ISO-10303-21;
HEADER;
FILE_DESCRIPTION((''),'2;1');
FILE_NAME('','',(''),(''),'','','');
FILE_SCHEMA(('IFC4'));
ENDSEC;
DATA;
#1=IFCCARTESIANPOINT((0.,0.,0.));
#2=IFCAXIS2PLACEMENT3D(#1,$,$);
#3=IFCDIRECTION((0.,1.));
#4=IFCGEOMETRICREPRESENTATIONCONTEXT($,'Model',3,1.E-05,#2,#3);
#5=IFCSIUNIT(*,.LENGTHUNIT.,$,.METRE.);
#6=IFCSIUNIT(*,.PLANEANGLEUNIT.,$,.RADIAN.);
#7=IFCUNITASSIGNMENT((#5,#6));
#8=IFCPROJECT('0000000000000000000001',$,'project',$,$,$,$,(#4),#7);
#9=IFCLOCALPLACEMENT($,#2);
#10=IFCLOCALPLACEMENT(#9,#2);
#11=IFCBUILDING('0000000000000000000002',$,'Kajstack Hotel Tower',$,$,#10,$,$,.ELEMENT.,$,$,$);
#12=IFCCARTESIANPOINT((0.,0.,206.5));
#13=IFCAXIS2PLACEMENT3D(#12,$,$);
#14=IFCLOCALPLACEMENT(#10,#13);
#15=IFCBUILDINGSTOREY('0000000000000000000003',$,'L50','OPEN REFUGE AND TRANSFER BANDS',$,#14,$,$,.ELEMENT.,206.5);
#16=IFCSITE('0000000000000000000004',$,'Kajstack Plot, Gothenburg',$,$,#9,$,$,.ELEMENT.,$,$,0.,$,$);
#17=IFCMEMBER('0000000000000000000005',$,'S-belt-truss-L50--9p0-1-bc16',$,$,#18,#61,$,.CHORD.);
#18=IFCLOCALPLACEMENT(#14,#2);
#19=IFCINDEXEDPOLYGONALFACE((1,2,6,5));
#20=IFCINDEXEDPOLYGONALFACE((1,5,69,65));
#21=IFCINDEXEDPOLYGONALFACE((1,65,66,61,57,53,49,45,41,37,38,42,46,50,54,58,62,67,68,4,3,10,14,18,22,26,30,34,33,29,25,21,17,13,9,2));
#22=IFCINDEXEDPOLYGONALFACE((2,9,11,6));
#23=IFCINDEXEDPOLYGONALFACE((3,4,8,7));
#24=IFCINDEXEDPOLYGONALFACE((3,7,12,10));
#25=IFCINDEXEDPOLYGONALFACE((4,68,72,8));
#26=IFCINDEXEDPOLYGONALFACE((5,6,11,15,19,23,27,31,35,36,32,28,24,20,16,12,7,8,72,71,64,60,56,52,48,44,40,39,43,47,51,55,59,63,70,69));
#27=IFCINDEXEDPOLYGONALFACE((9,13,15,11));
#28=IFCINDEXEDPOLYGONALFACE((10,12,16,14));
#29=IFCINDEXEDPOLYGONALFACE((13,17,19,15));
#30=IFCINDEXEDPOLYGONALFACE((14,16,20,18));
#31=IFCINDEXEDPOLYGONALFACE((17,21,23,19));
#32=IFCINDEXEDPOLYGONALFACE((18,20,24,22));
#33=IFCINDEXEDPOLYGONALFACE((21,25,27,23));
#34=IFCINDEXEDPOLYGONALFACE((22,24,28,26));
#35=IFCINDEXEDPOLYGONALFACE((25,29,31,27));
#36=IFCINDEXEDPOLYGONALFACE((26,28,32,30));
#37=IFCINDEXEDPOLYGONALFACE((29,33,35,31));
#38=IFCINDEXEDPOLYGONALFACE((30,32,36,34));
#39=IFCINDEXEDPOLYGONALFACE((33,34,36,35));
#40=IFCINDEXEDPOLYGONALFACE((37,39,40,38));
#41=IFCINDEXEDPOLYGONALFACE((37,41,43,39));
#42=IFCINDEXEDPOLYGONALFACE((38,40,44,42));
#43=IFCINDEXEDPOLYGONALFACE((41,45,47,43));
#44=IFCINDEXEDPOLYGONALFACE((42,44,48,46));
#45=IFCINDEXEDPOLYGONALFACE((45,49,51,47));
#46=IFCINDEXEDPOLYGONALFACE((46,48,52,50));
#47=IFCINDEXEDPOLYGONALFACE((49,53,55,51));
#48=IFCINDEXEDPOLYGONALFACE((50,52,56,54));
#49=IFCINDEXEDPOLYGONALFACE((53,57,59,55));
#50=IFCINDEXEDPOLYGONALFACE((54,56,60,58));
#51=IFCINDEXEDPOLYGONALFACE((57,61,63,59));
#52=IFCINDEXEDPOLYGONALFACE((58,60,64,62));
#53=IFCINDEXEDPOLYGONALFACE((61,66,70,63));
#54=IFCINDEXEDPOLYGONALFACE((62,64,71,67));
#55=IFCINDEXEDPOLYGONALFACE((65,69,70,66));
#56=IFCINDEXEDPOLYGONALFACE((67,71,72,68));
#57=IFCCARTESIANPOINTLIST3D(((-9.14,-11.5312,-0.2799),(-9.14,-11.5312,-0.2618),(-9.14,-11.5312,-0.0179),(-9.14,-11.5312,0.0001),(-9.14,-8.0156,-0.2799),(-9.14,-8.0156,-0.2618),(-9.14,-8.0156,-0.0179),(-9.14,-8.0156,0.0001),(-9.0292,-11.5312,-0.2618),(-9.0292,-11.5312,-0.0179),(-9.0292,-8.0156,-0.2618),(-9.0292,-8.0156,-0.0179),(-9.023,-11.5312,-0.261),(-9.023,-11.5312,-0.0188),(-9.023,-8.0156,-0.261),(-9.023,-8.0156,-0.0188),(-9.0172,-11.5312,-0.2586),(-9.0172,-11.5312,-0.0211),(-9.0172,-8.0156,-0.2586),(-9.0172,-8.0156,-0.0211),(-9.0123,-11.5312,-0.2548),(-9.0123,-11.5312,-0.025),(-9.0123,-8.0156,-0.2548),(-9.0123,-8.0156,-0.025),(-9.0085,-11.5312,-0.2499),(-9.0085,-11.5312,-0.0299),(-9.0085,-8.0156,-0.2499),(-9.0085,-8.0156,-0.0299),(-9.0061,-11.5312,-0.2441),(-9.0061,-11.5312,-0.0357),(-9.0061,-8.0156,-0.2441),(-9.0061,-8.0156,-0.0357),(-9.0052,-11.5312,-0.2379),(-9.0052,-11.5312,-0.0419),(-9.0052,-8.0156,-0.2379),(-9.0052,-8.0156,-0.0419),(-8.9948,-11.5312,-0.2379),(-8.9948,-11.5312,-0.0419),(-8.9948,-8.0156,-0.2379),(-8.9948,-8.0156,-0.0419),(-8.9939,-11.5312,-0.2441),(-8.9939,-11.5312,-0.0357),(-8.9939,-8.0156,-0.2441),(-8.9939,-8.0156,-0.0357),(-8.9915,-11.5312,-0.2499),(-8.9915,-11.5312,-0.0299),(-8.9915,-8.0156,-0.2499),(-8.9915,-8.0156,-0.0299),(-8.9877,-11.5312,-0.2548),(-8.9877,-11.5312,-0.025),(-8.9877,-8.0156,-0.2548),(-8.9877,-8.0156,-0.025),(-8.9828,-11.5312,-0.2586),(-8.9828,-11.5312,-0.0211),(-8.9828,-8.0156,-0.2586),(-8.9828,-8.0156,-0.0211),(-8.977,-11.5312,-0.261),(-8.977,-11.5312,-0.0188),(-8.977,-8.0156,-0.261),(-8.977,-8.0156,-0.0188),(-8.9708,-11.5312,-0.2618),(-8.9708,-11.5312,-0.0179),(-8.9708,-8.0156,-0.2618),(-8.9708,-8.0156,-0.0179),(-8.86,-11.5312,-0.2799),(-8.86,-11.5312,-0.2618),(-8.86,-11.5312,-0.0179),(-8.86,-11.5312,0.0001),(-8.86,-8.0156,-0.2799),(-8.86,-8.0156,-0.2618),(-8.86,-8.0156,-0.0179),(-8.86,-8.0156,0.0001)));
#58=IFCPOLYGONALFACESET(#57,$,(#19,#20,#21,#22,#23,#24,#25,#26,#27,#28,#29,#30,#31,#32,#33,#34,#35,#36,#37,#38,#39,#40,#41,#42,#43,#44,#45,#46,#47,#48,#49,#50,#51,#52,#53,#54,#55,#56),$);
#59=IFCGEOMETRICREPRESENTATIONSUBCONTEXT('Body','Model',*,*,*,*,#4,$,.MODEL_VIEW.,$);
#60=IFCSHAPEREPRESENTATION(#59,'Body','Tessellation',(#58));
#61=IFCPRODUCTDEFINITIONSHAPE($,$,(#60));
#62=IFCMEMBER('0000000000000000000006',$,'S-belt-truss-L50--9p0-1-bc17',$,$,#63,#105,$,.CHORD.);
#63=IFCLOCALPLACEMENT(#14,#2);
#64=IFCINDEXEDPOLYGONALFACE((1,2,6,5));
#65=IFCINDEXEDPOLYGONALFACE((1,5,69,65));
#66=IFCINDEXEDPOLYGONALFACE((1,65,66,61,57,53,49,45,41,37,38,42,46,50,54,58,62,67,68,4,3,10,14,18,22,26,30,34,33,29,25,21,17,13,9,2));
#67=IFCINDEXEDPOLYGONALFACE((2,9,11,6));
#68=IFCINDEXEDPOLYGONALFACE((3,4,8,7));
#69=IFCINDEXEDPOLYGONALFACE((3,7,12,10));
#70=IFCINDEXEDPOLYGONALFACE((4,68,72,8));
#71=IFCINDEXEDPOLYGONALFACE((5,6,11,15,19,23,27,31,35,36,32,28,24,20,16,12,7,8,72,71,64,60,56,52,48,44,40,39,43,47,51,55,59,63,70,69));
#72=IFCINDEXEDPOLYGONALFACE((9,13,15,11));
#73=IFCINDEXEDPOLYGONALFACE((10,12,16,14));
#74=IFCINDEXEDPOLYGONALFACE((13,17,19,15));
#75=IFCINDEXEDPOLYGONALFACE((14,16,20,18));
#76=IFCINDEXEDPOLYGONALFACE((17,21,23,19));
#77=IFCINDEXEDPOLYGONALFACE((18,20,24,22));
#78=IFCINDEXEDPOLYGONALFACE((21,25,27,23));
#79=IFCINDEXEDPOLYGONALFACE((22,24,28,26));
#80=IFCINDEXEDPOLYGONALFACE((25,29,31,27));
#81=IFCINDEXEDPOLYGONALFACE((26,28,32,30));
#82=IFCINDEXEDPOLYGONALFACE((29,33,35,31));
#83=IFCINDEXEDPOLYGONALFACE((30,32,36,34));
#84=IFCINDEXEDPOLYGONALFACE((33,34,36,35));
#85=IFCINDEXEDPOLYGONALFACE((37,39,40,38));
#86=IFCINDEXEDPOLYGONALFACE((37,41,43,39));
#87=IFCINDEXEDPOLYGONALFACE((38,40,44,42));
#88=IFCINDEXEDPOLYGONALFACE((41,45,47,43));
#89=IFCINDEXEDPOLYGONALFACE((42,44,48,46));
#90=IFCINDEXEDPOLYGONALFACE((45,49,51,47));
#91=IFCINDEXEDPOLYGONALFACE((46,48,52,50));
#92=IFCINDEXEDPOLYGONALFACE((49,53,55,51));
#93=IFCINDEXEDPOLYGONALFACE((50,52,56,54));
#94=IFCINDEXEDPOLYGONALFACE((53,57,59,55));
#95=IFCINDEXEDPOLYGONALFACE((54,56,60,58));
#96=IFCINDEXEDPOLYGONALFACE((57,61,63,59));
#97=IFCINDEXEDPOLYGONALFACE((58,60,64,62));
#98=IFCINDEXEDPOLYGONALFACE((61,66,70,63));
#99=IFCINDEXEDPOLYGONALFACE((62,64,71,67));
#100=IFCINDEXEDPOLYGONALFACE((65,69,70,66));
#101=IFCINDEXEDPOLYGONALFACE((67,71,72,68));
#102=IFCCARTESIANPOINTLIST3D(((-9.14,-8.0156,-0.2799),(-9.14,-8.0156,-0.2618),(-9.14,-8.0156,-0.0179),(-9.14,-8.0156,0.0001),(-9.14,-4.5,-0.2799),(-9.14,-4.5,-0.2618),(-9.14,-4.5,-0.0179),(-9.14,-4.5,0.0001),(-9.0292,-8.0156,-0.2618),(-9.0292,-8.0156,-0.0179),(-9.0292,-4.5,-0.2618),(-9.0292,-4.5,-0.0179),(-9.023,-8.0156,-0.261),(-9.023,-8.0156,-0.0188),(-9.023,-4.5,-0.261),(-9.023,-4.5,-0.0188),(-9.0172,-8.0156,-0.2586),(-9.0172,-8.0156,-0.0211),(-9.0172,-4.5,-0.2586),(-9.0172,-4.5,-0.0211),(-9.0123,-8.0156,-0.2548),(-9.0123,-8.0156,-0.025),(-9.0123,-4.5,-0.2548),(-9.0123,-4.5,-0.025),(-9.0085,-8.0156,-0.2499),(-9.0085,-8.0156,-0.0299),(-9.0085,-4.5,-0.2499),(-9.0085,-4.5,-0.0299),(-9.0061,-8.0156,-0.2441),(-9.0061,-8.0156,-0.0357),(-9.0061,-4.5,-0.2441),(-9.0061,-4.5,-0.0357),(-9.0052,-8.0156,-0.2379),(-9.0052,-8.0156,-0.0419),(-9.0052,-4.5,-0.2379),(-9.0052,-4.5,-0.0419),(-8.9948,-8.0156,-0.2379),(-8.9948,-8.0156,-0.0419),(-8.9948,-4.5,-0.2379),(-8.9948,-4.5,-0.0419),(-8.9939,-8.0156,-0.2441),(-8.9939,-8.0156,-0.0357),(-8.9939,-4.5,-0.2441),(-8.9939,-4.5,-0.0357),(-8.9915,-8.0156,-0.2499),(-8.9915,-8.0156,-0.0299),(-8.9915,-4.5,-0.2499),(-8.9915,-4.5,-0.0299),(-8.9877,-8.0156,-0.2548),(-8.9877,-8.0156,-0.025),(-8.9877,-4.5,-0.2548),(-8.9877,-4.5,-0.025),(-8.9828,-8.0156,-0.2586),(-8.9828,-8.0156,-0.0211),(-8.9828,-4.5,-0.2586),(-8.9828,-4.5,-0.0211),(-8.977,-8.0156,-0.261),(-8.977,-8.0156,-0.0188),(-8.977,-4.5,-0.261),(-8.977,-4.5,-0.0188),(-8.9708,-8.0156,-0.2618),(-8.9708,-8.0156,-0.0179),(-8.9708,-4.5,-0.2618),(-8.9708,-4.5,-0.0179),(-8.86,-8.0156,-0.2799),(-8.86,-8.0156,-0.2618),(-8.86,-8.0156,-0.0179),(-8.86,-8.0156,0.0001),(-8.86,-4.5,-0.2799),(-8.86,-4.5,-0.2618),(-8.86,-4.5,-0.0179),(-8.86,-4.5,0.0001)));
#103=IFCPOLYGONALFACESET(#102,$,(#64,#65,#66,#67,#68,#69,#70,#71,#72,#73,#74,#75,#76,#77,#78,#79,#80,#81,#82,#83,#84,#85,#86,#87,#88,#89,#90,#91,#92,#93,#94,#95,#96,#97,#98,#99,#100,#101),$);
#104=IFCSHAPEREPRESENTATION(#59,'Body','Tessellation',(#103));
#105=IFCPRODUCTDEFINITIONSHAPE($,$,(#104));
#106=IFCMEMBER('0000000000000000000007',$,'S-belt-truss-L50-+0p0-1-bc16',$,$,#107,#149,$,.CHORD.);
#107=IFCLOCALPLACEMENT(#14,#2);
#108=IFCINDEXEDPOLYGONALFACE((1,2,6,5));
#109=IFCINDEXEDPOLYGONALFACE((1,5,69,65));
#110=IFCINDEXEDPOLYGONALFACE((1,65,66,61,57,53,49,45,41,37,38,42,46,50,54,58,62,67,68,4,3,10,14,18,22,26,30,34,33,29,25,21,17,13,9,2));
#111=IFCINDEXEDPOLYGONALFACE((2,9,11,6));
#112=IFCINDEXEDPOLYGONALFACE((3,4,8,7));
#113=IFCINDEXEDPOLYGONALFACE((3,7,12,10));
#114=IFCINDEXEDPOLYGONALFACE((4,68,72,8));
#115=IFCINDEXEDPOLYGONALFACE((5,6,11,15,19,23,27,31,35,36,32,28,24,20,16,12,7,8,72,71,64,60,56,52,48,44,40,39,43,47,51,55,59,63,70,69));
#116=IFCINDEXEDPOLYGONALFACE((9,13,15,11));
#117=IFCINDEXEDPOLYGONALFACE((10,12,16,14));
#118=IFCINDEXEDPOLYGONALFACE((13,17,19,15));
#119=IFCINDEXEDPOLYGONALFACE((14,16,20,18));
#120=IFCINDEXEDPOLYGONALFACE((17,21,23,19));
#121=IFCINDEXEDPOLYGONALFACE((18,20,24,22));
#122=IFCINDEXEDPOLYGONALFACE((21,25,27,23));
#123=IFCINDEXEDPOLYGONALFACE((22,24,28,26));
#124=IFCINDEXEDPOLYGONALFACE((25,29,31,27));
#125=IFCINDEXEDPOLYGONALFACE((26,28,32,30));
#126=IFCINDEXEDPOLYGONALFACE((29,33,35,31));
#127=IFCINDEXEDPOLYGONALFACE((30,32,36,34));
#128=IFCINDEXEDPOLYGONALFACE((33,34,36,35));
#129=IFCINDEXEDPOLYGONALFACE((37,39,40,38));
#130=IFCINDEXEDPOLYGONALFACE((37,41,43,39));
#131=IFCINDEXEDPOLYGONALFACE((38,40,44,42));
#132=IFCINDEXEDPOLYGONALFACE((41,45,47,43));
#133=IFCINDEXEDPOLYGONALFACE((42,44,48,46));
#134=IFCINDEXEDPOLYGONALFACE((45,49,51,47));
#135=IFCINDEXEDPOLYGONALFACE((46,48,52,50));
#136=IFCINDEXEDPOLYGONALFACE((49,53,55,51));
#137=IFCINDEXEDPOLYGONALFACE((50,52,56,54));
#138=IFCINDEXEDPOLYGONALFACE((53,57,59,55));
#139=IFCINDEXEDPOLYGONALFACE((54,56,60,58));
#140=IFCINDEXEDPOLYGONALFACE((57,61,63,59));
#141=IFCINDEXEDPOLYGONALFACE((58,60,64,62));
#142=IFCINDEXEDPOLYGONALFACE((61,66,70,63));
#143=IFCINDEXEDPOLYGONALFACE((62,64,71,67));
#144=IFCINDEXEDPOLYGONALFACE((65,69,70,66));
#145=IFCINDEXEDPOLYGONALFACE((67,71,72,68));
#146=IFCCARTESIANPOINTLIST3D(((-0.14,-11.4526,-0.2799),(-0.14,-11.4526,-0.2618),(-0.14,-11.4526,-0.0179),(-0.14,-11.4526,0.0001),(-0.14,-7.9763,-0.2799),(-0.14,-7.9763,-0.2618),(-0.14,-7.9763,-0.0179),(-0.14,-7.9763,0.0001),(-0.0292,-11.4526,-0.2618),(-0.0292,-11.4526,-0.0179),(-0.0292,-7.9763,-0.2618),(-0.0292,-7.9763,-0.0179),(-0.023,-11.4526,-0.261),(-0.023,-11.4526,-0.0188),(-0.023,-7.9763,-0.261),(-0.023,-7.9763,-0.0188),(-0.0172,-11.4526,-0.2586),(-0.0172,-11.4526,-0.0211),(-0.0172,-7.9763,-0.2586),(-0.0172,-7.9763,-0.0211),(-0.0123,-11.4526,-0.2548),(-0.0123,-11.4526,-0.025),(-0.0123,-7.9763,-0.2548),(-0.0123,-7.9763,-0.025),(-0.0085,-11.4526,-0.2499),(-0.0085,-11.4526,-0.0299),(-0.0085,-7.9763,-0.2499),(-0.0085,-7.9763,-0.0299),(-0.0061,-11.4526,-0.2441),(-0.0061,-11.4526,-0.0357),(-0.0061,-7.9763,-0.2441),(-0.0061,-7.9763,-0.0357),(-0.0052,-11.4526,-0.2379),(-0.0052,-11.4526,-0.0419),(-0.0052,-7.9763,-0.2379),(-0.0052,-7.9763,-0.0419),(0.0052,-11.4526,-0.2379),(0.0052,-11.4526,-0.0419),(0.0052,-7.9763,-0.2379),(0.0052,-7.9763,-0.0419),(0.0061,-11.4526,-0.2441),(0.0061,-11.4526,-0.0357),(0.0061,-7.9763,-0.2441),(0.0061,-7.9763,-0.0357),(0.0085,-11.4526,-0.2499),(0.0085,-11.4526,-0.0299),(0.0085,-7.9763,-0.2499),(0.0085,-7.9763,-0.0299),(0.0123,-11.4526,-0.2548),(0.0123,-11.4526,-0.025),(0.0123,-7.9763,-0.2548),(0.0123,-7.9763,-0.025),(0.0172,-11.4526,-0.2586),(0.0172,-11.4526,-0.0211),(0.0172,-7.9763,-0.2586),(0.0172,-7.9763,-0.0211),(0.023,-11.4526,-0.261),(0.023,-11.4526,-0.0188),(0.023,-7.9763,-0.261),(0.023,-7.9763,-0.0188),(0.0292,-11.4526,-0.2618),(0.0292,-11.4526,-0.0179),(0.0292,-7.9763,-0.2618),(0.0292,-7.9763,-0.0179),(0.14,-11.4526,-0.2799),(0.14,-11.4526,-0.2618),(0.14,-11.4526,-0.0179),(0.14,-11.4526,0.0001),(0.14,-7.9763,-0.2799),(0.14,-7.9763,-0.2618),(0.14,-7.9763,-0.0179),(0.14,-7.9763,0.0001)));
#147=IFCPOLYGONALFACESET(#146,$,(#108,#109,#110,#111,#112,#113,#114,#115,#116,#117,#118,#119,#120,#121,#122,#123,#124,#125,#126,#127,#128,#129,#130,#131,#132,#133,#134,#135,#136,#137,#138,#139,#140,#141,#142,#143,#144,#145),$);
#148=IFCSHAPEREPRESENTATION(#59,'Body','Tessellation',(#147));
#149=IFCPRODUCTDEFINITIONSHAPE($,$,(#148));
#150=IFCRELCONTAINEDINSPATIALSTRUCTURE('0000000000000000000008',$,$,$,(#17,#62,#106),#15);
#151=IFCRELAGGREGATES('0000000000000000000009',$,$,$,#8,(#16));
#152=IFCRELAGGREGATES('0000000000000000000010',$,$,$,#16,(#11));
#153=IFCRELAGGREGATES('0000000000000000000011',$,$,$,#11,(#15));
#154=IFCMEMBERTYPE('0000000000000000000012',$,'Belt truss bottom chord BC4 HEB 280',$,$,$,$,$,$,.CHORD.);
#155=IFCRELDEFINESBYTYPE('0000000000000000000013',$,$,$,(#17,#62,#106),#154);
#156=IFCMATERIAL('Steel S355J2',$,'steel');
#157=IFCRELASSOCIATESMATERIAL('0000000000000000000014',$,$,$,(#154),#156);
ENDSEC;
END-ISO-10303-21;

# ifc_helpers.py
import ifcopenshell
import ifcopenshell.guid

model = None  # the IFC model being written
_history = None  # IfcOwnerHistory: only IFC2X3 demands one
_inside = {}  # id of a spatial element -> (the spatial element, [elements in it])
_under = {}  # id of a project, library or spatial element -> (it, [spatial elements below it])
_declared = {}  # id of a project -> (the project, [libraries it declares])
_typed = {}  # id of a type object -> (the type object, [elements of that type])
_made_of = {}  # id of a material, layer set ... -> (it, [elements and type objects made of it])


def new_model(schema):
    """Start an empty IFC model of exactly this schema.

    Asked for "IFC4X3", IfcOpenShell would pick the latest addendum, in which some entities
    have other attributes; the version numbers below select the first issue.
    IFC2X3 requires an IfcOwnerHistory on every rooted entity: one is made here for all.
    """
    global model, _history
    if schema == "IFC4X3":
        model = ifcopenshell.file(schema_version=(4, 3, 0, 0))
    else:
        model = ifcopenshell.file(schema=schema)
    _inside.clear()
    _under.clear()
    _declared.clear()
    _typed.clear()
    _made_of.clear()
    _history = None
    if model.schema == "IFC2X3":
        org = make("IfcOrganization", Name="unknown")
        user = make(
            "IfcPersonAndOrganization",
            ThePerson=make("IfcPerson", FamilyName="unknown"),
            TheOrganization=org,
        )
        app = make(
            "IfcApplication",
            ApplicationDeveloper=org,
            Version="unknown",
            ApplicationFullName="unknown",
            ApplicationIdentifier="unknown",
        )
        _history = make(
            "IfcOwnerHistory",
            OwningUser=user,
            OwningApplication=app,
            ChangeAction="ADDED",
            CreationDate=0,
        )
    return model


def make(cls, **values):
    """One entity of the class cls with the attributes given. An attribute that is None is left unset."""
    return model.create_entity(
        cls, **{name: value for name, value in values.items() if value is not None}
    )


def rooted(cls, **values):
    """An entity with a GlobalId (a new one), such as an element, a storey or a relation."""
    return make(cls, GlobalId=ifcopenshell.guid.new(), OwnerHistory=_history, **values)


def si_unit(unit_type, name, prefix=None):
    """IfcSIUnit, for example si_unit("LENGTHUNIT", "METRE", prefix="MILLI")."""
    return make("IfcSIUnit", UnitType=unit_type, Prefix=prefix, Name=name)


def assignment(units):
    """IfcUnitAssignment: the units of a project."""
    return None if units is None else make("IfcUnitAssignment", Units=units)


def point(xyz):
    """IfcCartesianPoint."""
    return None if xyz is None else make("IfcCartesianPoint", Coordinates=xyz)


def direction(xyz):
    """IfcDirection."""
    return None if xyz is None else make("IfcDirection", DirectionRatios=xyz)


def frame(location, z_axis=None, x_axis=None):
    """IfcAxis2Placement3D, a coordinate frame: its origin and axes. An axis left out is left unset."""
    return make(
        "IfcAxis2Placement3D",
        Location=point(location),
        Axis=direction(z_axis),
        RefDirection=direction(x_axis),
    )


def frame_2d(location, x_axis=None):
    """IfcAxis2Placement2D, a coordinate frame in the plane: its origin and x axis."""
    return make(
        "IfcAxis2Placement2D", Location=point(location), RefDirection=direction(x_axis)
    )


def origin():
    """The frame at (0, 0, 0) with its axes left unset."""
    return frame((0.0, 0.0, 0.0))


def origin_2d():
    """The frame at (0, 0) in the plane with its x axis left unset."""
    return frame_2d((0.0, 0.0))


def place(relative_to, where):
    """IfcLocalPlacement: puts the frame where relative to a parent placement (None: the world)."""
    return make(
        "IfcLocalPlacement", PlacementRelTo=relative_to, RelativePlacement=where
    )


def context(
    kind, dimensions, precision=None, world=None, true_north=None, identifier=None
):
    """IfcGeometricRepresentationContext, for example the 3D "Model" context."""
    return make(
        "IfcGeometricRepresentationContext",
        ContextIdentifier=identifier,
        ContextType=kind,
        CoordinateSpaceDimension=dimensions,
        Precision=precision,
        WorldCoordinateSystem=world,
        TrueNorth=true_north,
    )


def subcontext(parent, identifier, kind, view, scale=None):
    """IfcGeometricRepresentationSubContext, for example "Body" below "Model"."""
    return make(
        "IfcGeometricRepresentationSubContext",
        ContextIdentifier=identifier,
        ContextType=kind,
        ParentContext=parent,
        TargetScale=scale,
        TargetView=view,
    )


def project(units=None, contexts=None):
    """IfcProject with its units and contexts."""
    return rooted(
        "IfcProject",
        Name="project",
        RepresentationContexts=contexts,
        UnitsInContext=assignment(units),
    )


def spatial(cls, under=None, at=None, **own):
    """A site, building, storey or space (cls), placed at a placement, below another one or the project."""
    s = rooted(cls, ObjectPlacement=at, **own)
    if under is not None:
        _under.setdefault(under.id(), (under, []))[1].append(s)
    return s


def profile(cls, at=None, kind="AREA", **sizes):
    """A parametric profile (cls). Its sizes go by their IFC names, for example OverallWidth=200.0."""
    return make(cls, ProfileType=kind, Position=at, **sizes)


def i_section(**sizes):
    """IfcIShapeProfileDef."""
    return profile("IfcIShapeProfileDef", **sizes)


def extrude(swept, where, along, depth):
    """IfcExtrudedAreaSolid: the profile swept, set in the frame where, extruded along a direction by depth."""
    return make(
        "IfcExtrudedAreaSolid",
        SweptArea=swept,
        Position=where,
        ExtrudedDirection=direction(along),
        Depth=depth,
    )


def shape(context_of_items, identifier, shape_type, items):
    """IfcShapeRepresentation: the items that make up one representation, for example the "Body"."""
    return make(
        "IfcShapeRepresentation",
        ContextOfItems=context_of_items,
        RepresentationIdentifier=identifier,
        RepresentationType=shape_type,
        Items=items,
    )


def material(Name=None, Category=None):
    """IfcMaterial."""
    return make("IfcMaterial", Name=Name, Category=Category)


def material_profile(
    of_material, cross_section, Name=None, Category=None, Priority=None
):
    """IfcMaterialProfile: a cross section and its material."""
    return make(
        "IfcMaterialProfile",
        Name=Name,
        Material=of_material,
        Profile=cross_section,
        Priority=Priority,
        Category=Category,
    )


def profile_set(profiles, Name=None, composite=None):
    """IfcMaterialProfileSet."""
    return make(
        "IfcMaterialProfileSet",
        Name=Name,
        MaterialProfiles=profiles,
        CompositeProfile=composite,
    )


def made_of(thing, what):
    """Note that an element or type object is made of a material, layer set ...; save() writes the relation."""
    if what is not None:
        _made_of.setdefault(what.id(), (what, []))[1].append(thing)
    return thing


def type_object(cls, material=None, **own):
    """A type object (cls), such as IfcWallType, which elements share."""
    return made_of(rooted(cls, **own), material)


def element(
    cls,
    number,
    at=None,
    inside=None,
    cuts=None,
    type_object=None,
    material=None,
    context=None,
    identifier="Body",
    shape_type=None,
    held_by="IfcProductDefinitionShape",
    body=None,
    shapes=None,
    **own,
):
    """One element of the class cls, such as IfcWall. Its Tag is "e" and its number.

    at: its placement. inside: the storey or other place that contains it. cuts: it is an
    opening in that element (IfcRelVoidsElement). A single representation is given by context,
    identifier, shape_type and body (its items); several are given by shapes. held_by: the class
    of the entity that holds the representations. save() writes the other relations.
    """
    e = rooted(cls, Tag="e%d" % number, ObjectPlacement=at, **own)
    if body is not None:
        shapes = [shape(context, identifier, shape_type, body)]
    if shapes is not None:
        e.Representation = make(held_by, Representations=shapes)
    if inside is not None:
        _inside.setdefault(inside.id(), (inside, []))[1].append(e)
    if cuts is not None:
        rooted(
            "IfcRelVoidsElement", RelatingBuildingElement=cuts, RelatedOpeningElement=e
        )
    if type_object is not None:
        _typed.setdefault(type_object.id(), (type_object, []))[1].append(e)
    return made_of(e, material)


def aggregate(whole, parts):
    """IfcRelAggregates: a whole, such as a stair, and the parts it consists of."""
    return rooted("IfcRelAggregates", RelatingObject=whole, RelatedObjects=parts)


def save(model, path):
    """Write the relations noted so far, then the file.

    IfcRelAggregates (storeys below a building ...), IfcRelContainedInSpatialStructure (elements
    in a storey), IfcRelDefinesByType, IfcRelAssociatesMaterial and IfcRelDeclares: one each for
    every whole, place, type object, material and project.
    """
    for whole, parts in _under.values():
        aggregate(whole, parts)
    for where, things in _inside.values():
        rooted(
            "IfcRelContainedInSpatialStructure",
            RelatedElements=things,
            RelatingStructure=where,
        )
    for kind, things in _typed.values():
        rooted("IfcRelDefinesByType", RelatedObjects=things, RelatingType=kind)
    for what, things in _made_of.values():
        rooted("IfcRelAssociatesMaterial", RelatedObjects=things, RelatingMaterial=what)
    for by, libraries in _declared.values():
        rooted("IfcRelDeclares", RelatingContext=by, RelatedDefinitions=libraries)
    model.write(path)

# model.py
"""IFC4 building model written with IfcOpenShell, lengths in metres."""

from ifc_helpers import new_model, si_unit, direction, frame, origin, origin_2d, place, context, subcontext, project, spatial, i_section, extrude, material, material_profile, profile_set, type_object, element, save


model = new_model("IFC4")

# Units and contexts
model_context = context("Model", 3, precision=1e-05, world=origin(), true_north=direction((0.0, 1.0)))
body_context = subcontext(model_context, "Body", "Model", "MODEL_VIEW")
ifc_project = project(units=[si_unit("LENGTHUNIT", "METRE"), si_unit("PLANEANGLEUNIT", "RADIAN")], contexts=[model_context])

# Site, building, storey
site_placement = place(None, origin())
site = spatial("IfcSite", under=ifc_project, at=site_placement, Name="Kajstack Plot, Gothenburg", CompositionType="ELEMENT", RefElevation=0.0)
building_placement = place(site_placement, origin())
building = spatial("IfcBuilding", under=site, at=building_placement, Name="Kajstack Hotel Tower", CompositionType="ELEMENT")
storey_placement = place(building_placement, frame((0.0, 0.0, 206.5)))
storey = spatial("IfcBuildingStorey", under=building, at=storey_placement, Name="L50", Description="OPEN REFUGE AND TRANSFER BANDS", CompositionType="ELEMENT", Elevation=206.5)

# Members
ifc_material_1 = material(Name="Steel S355J2", Category="steel")
ifc_material_profile_1 = material_profile(ifc_material_1, i_section(OverallWidth=0.28, OverallDepth=0.28, WebThickness=0.0105, FlangeThickness=0.0181, FilletRadius=0.0239, at=origin_2d()), Name="HEB 280")
ifc_profile_set_1 = profile_set([ifc_material_profile_1], Name="Steel S355J2")
member_type_1 = type_object("IfcMemberType", Name="Belt truss bottom chord BC4 HEB 280", PredefinedType="CHORD", material=ifc_profile_set_1)
for number, where, z_axis, x_axis, name in (
    (1, (-9.0, -11.5312, -0.1399), (0.0, 1.0, 0.0), (-1.0, 0.0, 0.0), "S-belt-truss-L50--9p0-1-bc16"),
    (2, (-9.0, -8.0156, -0.1399), (0.0, 1.0, 0.0), (-1.0, 0.0, 0.0), "S-belt-truss-L50--9p0-1-bc17"),
):
    element("IfcMember", number, at=place(storey_placement, frame(where, z_axis=z_axis, x_axis=x_axis)), inside=storey, type_object=member_type_1, Name=name, PredefinedType="CHORD", context=body_context, shape_type="SweptSolid", body=[
        extrude(i_section(OverallWidth=0.28, OverallDepth=0.28, WebThickness=0.0105, FlangeThickness=0.0181, FilletRadius=0.0239, at=origin_2d()), origin(), (0.0, 0.0, 1.0), 3.5156),
    ])
member_1_placement = place(storey_placement, frame((0.0, -11.4526, -0.1399), z_axis=(0.0, 1.0, 0.0), x_axis=(-1.0, 0.0, 0.0)))
element("IfcMember", 3, at=member_1_placement, inside=storey, type_object=member_type_1, Name="S-belt-truss-L50-+0p0-1-bc16", PredefinedType="CHORD", context=body_context, shape_type="SweptSolid", body=[
    extrude(i_section(OverallWidth=0.28, OverallDepth=0.28, WebThickness=0.0105, FlangeThickness=0.0181, FilletRadius=0.0239, at=origin_2d()), origin(), (0.0, 0.0, 1.0), 3.4763),
])

save(model, "model.ifc")
